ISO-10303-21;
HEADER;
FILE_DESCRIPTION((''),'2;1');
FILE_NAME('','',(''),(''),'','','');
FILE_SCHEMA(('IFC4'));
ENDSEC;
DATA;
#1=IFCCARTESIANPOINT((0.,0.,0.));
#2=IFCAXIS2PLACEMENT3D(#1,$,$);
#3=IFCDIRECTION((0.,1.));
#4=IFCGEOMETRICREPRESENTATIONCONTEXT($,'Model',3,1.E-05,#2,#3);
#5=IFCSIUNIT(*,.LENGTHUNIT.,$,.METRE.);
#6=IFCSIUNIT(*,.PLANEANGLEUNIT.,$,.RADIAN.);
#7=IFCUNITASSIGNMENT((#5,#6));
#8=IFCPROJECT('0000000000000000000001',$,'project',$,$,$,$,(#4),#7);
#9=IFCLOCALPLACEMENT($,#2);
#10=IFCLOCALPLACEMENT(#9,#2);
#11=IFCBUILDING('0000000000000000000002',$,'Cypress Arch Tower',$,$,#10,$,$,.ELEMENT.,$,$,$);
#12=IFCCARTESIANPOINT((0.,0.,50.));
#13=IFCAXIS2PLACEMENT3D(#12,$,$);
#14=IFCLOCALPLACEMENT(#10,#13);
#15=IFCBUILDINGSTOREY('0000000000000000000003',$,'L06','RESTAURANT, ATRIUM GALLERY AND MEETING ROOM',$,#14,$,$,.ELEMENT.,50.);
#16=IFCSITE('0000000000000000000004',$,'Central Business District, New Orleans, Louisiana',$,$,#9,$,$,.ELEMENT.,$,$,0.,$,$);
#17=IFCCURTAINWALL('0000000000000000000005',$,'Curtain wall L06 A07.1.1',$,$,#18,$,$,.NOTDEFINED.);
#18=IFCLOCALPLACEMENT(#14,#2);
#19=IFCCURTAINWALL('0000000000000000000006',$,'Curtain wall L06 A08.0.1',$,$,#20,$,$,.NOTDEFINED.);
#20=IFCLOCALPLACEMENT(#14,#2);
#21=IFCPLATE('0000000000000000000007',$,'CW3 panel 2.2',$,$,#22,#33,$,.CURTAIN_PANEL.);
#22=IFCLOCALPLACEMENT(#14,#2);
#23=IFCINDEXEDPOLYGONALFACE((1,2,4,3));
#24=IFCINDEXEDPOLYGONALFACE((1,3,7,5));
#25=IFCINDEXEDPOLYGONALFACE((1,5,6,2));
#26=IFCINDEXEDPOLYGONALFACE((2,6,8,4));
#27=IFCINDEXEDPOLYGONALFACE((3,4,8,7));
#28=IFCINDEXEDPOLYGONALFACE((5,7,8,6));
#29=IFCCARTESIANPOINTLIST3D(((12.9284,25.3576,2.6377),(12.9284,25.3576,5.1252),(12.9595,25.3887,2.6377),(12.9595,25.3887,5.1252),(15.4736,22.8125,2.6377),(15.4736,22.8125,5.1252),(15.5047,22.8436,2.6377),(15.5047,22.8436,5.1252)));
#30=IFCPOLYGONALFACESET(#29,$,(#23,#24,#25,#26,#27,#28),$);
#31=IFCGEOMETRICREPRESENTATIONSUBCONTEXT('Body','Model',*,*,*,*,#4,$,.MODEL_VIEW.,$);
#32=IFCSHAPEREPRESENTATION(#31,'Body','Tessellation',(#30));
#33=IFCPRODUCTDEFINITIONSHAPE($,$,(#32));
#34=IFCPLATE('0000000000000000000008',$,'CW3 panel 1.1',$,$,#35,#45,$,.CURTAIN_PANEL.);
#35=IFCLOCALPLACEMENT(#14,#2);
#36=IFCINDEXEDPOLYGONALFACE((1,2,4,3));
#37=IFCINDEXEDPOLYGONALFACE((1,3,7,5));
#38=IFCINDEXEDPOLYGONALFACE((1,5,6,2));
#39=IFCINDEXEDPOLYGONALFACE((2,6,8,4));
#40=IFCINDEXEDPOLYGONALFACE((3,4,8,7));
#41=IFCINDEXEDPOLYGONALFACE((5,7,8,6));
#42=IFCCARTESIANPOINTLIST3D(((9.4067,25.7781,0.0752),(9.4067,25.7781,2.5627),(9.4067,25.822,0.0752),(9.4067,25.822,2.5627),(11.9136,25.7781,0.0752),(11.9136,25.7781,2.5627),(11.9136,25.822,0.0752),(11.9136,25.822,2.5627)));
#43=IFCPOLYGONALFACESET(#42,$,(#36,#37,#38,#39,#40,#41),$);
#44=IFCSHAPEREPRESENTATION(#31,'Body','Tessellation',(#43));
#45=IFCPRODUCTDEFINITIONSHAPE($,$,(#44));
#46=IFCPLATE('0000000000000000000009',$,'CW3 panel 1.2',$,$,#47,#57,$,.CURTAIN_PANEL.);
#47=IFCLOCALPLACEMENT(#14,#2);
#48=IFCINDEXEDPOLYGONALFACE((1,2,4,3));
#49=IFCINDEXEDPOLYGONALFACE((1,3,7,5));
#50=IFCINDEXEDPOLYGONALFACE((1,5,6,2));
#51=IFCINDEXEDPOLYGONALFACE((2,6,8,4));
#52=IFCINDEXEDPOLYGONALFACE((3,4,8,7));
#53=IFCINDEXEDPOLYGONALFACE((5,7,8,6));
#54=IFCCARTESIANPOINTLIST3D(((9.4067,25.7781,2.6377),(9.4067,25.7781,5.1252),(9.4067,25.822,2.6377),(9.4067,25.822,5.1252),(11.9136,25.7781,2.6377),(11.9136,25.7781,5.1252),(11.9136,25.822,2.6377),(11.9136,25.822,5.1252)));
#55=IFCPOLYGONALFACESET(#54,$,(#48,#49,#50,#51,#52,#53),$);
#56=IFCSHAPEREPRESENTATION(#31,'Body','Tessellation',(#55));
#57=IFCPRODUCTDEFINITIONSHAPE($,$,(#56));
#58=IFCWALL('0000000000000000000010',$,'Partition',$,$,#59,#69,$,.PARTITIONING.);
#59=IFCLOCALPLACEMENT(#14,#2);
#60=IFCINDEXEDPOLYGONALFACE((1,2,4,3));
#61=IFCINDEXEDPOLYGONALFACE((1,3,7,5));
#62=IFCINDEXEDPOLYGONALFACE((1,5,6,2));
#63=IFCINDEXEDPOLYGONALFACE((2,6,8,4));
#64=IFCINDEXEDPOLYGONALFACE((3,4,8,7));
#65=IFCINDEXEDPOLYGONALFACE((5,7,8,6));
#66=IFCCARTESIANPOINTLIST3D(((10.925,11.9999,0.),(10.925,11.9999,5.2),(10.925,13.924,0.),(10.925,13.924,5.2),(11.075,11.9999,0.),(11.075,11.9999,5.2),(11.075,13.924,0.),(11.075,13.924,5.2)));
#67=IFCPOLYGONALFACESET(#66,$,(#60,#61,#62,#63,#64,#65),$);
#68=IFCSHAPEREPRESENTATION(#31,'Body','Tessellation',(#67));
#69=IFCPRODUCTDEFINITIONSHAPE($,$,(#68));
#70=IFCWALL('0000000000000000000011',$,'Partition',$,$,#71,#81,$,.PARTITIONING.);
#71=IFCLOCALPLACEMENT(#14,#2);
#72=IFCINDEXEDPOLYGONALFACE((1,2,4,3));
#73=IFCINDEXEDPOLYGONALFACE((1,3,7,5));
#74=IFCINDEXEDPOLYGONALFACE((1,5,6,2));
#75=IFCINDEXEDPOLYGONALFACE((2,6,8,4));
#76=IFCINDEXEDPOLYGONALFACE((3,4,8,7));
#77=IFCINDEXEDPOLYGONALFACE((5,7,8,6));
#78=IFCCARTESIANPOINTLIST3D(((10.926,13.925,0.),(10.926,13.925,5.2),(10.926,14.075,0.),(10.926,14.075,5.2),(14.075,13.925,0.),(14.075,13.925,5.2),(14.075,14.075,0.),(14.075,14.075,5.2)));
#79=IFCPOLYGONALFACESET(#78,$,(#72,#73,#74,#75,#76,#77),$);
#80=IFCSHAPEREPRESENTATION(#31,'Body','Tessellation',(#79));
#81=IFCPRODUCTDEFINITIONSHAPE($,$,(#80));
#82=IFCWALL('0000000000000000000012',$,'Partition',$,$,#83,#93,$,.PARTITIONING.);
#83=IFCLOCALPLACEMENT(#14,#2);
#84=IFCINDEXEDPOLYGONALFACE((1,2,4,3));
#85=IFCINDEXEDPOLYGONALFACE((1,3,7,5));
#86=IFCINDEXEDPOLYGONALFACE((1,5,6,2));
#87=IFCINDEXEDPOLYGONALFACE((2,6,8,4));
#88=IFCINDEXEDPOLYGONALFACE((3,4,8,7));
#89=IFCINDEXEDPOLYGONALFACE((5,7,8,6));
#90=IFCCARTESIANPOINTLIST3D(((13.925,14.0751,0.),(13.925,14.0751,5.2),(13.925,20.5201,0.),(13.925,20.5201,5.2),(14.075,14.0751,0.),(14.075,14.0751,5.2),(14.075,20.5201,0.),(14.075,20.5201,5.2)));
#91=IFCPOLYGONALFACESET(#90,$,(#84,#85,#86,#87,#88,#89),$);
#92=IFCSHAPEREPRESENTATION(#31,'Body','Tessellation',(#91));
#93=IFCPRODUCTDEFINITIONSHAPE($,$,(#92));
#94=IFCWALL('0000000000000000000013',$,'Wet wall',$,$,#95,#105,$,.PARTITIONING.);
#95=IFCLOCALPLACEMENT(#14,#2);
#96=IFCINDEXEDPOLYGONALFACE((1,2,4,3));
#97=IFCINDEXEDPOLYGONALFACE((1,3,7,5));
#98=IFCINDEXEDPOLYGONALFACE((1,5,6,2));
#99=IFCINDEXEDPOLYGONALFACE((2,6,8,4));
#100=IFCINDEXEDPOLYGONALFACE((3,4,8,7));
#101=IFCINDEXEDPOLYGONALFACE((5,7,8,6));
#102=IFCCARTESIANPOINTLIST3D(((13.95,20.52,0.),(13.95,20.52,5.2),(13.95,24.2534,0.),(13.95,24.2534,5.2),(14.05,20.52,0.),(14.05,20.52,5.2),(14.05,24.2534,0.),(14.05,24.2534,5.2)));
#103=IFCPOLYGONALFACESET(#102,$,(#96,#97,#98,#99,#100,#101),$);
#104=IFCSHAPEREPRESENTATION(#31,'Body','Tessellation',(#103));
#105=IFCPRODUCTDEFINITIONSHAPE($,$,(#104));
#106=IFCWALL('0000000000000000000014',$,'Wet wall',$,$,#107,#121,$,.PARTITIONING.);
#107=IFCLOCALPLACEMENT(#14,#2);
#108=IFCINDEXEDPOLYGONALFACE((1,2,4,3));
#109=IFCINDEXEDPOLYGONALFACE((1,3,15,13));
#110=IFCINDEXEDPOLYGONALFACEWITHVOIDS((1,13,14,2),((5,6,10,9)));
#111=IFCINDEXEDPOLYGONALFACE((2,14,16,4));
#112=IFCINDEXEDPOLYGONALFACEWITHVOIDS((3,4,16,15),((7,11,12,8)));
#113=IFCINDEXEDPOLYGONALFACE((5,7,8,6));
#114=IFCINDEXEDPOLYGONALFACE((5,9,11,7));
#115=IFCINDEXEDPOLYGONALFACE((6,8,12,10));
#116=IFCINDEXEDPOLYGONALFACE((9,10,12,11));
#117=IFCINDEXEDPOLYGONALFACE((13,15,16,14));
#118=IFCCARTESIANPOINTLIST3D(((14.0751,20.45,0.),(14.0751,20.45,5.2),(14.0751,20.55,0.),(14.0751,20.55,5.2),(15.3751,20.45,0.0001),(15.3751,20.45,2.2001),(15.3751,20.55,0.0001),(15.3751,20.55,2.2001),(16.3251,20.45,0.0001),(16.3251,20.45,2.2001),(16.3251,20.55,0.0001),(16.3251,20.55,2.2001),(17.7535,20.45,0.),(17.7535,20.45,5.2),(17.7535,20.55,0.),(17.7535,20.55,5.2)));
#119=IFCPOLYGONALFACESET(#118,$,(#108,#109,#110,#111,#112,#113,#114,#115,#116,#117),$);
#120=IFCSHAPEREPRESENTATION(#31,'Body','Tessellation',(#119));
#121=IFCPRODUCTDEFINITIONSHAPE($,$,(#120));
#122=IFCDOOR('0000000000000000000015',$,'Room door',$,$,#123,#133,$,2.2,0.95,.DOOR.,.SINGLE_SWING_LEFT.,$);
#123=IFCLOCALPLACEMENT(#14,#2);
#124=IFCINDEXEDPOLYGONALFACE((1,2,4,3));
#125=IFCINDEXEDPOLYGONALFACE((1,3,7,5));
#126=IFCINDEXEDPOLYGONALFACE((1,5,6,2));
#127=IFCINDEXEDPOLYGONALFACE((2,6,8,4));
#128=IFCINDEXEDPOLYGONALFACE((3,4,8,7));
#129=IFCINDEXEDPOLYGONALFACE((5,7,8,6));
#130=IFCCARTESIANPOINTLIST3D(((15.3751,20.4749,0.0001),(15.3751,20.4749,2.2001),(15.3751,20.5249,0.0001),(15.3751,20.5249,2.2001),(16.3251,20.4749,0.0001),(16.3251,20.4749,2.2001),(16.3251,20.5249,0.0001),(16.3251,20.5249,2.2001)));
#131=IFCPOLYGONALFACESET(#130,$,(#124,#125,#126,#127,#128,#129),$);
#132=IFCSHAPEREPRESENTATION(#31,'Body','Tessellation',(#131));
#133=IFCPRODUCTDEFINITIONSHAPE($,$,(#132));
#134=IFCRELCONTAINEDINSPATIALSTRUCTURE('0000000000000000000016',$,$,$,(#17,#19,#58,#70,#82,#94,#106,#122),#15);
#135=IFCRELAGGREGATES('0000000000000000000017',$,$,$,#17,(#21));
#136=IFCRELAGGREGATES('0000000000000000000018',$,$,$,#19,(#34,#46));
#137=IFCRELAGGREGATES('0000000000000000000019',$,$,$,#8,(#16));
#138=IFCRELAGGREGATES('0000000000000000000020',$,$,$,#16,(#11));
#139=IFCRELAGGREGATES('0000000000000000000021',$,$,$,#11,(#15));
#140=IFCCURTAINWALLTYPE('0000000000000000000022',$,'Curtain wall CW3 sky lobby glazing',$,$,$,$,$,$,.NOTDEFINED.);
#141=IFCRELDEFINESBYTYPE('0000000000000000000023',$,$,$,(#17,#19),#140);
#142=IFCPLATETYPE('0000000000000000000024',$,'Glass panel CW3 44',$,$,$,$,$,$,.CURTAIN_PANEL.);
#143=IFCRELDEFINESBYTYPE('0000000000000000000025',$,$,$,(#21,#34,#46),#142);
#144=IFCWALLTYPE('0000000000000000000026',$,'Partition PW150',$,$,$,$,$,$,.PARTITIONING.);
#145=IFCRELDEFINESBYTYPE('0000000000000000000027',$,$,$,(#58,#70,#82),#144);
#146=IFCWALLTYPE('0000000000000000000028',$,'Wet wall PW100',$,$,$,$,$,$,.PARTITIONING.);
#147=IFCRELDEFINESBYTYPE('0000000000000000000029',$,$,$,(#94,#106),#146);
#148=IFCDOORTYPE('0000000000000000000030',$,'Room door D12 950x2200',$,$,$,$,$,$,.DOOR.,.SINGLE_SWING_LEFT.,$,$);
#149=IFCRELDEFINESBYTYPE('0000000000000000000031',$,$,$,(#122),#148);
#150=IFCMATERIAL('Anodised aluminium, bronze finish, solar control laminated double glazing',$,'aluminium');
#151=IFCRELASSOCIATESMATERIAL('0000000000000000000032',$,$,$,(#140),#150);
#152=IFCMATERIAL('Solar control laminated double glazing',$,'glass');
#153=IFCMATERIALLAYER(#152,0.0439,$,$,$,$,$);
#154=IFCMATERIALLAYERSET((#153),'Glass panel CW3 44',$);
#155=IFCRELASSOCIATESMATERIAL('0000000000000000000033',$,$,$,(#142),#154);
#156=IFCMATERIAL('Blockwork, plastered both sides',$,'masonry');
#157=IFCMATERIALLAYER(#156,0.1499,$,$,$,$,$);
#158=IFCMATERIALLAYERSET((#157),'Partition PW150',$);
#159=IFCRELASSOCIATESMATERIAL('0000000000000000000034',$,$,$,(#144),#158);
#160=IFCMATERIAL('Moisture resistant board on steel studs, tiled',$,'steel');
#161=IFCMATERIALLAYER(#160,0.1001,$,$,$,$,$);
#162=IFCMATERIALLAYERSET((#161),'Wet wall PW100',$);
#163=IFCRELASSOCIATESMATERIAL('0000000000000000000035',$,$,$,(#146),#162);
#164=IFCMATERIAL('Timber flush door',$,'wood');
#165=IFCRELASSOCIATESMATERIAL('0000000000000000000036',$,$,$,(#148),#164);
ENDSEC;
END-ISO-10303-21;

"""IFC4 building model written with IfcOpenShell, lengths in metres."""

from ifc_helpers import new_model, si_unit, direction, frame, frame_2d, origin, origin_2d, place, context, subcontext, project, spatial, rectangle, extrude, material, layer, layer_set, type_object, element, fill, aggregate, save


model = new_model("IFC4")

# Units and contexts
model_context = context("Model", 3, precision=1e-05, world=origin(), true_north=direction((0.0, 1.0)))
body_context = subcontext(model_context, "Body", "Model", "MODEL_VIEW")
ifc_project = project(units=[si_unit("LENGTHUNIT", "METRE"), si_unit("PLANEANGLEUNIT", "RADIAN")], contexts=[model_context])

# Site, building, storey
site_placement = place(None, origin())
site = spatial("IfcSite", under=ifc_project, at=site_placement, Name="Central Business District, New Orleans, Louisiana", CompositionType="ELEMENT", RefElevation=0.0)
building_placement = place(site_placement, origin())
building = spatial("IfcBuilding", under=site, at=building_placement, Name="Cypress Arch Tower", CompositionType="ELEMENT")
storey_placement = place(building_placement, frame((0.0, 0.0, 50.0)))
storey = spatial("IfcBuildingStorey", under=building, at=storey_placement, Name="L06", Description="RESTAURANT, ATRIUM GALLERY AND MEETING ROOM", CompositionType="ELEMENT", Elevation=50.0)

# Shared definitions
ifc_material_1 = material(Name="Anodised aluminium, bronze finish, solar control laminated double glazing", Category="aluminium")
curtain_wall_type = type_object("IfcCurtainWallType", Name="Curtain wall CW3 sky lobby glazing", PredefinedType="NOTDEFINED", material=ifc_material_1)

# Curtain wall
curtain_wall_1_placement = place(storey_placement, origin())
curtain_wall_1 = element("IfcCurtainWall", 1, at=curtain_wall_1_placement, inside=storey, type_object=curtain_wall_type, Name="Curtain wall L06 A07.1.1", PredefinedType="NOTDEFINED")

# Curtain wall
curtain_wall_2_placement = place(storey_placement, origin())
curtain_wall_2 = element("IfcCurtainWall", 2, at=curtain_wall_2_placement, inside=storey, type_object=curtain_wall_type, Name="Curtain wall L06 A08.0.1", PredefinedType="NOTDEFINED")

# Plates
ifc_material_2 = material(Name="Solar control laminated double glazing", Category="glass")
ifc_layer_1 = layer(ifc_material_2, 0.0439)
ifc_layer_set_1 = layer_set([ifc_layer_1], Name="Glass panel CW3 44")
plate_type = type_object("IfcPlateType", Name="Glass panel CW3 44", PredefinedType="CURTAIN_PANEL", material=ifc_layer_set_1)
plate_1_placement = place(storey_placement, frame((14.2166, 24.1006, 2.6377), z_axis=(0.0, 0.0, 1.0), x_axis=(-0.707107, 0.707107, 0.0)))
plate_1 = element("IfcPlate", 3, at=plate_1_placement, type_object=plate_type, Name="CW3 panel 2.2", PredefinedType="CURTAIN_PANEL", context=body_context, shape_type="SweptSolid", body=[
    extrude(rectangle(XDim=3.5994, YDim=0.0439, at=origin_2d()), origin(), (0.0, 0.0, 1.0), 2.4875),
])
aggregate(curtain_wall_1, [plate_1])
plate_2_placement = place(storey_placement, frame((10.6602, 25.8, 0.0752), z_axis=(0.0, 0.0, 1.0), x_axis=(-1.0, 0.0, 0.0)))
plate_2 = element("IfcPlate", 4, at=plate_2_placement, type_object=plate_type, Name="CW3 panel 1.1", PredefinedType="CURTAIN_PANEL", context=body_context, shape_type="SweptSolid", body=[
    extrude(rectangle(XDim=2.5068, YDim=0.0439, at=origin_2d()), origin(), (0.0, 0.0, 1.0), 2.4875),
])
plate_3_placement = place(storey_placement, frame((10.6602, 25.8, 2.6377), z_axis=(0.0, 0.0, 1.0), x_axis=(-1.0, 0.0, 0.0)))
plate_3 = element("IfcPlate", 5, at=plate_3_placement, type_object=plate_type, Name="CW3 panel 1.2", PredefinedType="CURTAIN_PANEL", context=body_context, shape_type="SweptSolid", body=[
    extrude(rectangle(XDim=2.5068, YDim=0.0439, at=origin_2d()), origin(), (0.0, 0.0, 1.0), 2.4875),
])
aggregate(curtain_wall_2, [plate_2, plate_3])

# Walls
ifc_material_3 = material(Name="Blockwork, plastered both sides", Category="masonry")
ifc_layer_2 = layer(ifc_material_3, 0.1499)
ifc_layer_set_2 = layer_set([ifc_layer_2], Name="Partition PW150")
wall_type_1 = type_object("IfcWallType", Name="Partition PW150", PredefinedType="PARTITIONING", material=ifc_layer_set_2)
wall_1_placement = place(storey_placement, frame((11.0, 12.0, 0.0), z_axis=(0.0, 0.0, 1.0), x_axis=(0.0, 1.0, 0.0)))
element("IfcWall", 6, at=wall_1_placement, inside=storey, type_object=wall_type_1, Name="Partition", PredefinedType="PARTITIONING", context=body_context, shape_type="SweptSolid", body=[
    extrude(rectangle(XDim=1.9241, YDim=0.1499, at=frame_2d((0.9619, 0.0))), origin(), (0.0, 0.0, 1.0), 5.2),
])
wall_2_placement = place(storey_placement, frame((10.926, 14.0, 0.0), z_axis=(0.0, 0.0, 1.0), x_axis=(1.0, 0.0, 0.0)))
element("IfcWall", 7, at=wall_2_placement, inside=storey, type_object=wall_type_1, Name="Partition", PredefinedType="PARTITIONING", context=body_context, shape_type="SweptSolid", body=[
    extrude(rectangle(XDim=3.1489, YDim=0.1499, at=frame_2d((1.5745, 0.0))), origin(), (0.0, 0.0, 1.0), 5.2),
])
wall_3_placement = place(storey_placement, frame((14.0, 14.075, 0.0), z_axis=(0.0, 0.0, 1.0), x_axis=(0.0, 1.0, 0.0)))
element("IfcWall", 8, at=wall_3_placement, inside=storey, type_object=wall_type_1, Name="Partition", PredefinedType="PARTITIONING", context=body_context, shape_type="SweptSolid", body=[
    extrude(rectangle(XDim=6.4451, YDim=0.1499, at=frame_2d((3.2227, 0.0))), origin(), (0.0, 0.0, 1.0), 5.2),
])
ifc_material_4 = material(Name="Moisture resistant board on steel studs, tiled", Category="steel")
ifc_layer_3 = layer(ifc_material_4, 0.1001)
ifc_layer_set_3 = layer_set([ifc_layer_3], Name="Wet wall PW100")
wall_type_2 = type_object("IfcWallType", Name="Wet wall PW100", PredefinedType="PARTITIONING", material=ifc_layer_set_3)
wall_4_placement = place(storey_placement, frame((14.0, 20.52, 0.0), z_axis=(0.0, 0.0, 1.0), x_axis=(0.0, 1.0, 0.0)))
element("IfcWall", 9, at=wall_4_placement, inside=storey, type_object=wall_type_2, Name="Wet wall", PredefinedType="PARTITIONING", context=body_context, shape_type="SweptSolid", body=[
    extrude(rectangle(XDim=3.7334, YDim=0.1001, at=frame_2d((1.8667, 0.0))), origin(), (0.0, 0.0, 1.0), 5.2),
])

# Wall, opening, door
wall_5_placement = place(storey_placement, frame((14.075, 20.5, 0.0), z_axis=(0.0, 0.0, 1.0), x_axis=(1.0, 0.0, 0.0)))
wall_5 = element("IfcWall", 10, at=wall_5_placement, inside=storey, type_object=wall_type_2, Name="Wet wall", PredefinedType="PARTITIONING", context=body_context, shape_type="SweptSolid", body=[
    extrude(rectangle(XDim=3.6785, YDim=0.1001, at=frame_2d((1.8394, 0.0))), origin(), (0.0, 0.0, 1.0), 5.2),
])
opening_1_placement = place(wall_5_placement, frame((1.3, 0.0, 0.0)))
opening_1 = element("IfcOpeningElement", 11, at=opening_1_placement, cuts=wall_5, PredefinedType="OPENING", context=body_context, shape_type="SweptSolid", body=[
    extrude(rectangle(XDim=0.95, YDim=2.2, at=frame_2d((0.4751, 1.1001))), frame((0.0, 0.0601, 0.0), z_axis=(0.0, -1.0, 0.0), x_axis=(1.0, 0.0, 0.0)), (0.0, 0.0, 1.0), 0.1201),
])
ifc_material_5 = material(Name="Timber flush door", Category="wood")
door_type_1 = type_object("IfcDoorType", Name="Room door D12 950x2200", OperationType="SINGLE_SWING_LEFT", PredefinedType="DOOR", material=ifc_material_5)
door_1_placement = place(opening_1_placement, origin())
door_1 = element("IfcDoor", 12, at=door_1_placement, inside=storey, type_object=door_type_1, Name="Room door", OperationType="SINGLE_SWING_LEFT", OverallHeight=2.2, OverallWidth=0.95, PredefinedType="DOOR", context=body_context, shape_type="SweptSolid", body=[
    extrude(rectangle(XDim=0.95, YDim=2.2, at=frame_2d((0.4751, 1.1001))), frame((0.0, 0.0249, 0.0), z_axis=(0.0, -1.0, 0.0), x_axis=(1.0, 0.0, 0.0)), (0.0, 0.0, 1.0), 0.05),
])
fill(opening_1, door_1)

save(model, "model.ifc")
